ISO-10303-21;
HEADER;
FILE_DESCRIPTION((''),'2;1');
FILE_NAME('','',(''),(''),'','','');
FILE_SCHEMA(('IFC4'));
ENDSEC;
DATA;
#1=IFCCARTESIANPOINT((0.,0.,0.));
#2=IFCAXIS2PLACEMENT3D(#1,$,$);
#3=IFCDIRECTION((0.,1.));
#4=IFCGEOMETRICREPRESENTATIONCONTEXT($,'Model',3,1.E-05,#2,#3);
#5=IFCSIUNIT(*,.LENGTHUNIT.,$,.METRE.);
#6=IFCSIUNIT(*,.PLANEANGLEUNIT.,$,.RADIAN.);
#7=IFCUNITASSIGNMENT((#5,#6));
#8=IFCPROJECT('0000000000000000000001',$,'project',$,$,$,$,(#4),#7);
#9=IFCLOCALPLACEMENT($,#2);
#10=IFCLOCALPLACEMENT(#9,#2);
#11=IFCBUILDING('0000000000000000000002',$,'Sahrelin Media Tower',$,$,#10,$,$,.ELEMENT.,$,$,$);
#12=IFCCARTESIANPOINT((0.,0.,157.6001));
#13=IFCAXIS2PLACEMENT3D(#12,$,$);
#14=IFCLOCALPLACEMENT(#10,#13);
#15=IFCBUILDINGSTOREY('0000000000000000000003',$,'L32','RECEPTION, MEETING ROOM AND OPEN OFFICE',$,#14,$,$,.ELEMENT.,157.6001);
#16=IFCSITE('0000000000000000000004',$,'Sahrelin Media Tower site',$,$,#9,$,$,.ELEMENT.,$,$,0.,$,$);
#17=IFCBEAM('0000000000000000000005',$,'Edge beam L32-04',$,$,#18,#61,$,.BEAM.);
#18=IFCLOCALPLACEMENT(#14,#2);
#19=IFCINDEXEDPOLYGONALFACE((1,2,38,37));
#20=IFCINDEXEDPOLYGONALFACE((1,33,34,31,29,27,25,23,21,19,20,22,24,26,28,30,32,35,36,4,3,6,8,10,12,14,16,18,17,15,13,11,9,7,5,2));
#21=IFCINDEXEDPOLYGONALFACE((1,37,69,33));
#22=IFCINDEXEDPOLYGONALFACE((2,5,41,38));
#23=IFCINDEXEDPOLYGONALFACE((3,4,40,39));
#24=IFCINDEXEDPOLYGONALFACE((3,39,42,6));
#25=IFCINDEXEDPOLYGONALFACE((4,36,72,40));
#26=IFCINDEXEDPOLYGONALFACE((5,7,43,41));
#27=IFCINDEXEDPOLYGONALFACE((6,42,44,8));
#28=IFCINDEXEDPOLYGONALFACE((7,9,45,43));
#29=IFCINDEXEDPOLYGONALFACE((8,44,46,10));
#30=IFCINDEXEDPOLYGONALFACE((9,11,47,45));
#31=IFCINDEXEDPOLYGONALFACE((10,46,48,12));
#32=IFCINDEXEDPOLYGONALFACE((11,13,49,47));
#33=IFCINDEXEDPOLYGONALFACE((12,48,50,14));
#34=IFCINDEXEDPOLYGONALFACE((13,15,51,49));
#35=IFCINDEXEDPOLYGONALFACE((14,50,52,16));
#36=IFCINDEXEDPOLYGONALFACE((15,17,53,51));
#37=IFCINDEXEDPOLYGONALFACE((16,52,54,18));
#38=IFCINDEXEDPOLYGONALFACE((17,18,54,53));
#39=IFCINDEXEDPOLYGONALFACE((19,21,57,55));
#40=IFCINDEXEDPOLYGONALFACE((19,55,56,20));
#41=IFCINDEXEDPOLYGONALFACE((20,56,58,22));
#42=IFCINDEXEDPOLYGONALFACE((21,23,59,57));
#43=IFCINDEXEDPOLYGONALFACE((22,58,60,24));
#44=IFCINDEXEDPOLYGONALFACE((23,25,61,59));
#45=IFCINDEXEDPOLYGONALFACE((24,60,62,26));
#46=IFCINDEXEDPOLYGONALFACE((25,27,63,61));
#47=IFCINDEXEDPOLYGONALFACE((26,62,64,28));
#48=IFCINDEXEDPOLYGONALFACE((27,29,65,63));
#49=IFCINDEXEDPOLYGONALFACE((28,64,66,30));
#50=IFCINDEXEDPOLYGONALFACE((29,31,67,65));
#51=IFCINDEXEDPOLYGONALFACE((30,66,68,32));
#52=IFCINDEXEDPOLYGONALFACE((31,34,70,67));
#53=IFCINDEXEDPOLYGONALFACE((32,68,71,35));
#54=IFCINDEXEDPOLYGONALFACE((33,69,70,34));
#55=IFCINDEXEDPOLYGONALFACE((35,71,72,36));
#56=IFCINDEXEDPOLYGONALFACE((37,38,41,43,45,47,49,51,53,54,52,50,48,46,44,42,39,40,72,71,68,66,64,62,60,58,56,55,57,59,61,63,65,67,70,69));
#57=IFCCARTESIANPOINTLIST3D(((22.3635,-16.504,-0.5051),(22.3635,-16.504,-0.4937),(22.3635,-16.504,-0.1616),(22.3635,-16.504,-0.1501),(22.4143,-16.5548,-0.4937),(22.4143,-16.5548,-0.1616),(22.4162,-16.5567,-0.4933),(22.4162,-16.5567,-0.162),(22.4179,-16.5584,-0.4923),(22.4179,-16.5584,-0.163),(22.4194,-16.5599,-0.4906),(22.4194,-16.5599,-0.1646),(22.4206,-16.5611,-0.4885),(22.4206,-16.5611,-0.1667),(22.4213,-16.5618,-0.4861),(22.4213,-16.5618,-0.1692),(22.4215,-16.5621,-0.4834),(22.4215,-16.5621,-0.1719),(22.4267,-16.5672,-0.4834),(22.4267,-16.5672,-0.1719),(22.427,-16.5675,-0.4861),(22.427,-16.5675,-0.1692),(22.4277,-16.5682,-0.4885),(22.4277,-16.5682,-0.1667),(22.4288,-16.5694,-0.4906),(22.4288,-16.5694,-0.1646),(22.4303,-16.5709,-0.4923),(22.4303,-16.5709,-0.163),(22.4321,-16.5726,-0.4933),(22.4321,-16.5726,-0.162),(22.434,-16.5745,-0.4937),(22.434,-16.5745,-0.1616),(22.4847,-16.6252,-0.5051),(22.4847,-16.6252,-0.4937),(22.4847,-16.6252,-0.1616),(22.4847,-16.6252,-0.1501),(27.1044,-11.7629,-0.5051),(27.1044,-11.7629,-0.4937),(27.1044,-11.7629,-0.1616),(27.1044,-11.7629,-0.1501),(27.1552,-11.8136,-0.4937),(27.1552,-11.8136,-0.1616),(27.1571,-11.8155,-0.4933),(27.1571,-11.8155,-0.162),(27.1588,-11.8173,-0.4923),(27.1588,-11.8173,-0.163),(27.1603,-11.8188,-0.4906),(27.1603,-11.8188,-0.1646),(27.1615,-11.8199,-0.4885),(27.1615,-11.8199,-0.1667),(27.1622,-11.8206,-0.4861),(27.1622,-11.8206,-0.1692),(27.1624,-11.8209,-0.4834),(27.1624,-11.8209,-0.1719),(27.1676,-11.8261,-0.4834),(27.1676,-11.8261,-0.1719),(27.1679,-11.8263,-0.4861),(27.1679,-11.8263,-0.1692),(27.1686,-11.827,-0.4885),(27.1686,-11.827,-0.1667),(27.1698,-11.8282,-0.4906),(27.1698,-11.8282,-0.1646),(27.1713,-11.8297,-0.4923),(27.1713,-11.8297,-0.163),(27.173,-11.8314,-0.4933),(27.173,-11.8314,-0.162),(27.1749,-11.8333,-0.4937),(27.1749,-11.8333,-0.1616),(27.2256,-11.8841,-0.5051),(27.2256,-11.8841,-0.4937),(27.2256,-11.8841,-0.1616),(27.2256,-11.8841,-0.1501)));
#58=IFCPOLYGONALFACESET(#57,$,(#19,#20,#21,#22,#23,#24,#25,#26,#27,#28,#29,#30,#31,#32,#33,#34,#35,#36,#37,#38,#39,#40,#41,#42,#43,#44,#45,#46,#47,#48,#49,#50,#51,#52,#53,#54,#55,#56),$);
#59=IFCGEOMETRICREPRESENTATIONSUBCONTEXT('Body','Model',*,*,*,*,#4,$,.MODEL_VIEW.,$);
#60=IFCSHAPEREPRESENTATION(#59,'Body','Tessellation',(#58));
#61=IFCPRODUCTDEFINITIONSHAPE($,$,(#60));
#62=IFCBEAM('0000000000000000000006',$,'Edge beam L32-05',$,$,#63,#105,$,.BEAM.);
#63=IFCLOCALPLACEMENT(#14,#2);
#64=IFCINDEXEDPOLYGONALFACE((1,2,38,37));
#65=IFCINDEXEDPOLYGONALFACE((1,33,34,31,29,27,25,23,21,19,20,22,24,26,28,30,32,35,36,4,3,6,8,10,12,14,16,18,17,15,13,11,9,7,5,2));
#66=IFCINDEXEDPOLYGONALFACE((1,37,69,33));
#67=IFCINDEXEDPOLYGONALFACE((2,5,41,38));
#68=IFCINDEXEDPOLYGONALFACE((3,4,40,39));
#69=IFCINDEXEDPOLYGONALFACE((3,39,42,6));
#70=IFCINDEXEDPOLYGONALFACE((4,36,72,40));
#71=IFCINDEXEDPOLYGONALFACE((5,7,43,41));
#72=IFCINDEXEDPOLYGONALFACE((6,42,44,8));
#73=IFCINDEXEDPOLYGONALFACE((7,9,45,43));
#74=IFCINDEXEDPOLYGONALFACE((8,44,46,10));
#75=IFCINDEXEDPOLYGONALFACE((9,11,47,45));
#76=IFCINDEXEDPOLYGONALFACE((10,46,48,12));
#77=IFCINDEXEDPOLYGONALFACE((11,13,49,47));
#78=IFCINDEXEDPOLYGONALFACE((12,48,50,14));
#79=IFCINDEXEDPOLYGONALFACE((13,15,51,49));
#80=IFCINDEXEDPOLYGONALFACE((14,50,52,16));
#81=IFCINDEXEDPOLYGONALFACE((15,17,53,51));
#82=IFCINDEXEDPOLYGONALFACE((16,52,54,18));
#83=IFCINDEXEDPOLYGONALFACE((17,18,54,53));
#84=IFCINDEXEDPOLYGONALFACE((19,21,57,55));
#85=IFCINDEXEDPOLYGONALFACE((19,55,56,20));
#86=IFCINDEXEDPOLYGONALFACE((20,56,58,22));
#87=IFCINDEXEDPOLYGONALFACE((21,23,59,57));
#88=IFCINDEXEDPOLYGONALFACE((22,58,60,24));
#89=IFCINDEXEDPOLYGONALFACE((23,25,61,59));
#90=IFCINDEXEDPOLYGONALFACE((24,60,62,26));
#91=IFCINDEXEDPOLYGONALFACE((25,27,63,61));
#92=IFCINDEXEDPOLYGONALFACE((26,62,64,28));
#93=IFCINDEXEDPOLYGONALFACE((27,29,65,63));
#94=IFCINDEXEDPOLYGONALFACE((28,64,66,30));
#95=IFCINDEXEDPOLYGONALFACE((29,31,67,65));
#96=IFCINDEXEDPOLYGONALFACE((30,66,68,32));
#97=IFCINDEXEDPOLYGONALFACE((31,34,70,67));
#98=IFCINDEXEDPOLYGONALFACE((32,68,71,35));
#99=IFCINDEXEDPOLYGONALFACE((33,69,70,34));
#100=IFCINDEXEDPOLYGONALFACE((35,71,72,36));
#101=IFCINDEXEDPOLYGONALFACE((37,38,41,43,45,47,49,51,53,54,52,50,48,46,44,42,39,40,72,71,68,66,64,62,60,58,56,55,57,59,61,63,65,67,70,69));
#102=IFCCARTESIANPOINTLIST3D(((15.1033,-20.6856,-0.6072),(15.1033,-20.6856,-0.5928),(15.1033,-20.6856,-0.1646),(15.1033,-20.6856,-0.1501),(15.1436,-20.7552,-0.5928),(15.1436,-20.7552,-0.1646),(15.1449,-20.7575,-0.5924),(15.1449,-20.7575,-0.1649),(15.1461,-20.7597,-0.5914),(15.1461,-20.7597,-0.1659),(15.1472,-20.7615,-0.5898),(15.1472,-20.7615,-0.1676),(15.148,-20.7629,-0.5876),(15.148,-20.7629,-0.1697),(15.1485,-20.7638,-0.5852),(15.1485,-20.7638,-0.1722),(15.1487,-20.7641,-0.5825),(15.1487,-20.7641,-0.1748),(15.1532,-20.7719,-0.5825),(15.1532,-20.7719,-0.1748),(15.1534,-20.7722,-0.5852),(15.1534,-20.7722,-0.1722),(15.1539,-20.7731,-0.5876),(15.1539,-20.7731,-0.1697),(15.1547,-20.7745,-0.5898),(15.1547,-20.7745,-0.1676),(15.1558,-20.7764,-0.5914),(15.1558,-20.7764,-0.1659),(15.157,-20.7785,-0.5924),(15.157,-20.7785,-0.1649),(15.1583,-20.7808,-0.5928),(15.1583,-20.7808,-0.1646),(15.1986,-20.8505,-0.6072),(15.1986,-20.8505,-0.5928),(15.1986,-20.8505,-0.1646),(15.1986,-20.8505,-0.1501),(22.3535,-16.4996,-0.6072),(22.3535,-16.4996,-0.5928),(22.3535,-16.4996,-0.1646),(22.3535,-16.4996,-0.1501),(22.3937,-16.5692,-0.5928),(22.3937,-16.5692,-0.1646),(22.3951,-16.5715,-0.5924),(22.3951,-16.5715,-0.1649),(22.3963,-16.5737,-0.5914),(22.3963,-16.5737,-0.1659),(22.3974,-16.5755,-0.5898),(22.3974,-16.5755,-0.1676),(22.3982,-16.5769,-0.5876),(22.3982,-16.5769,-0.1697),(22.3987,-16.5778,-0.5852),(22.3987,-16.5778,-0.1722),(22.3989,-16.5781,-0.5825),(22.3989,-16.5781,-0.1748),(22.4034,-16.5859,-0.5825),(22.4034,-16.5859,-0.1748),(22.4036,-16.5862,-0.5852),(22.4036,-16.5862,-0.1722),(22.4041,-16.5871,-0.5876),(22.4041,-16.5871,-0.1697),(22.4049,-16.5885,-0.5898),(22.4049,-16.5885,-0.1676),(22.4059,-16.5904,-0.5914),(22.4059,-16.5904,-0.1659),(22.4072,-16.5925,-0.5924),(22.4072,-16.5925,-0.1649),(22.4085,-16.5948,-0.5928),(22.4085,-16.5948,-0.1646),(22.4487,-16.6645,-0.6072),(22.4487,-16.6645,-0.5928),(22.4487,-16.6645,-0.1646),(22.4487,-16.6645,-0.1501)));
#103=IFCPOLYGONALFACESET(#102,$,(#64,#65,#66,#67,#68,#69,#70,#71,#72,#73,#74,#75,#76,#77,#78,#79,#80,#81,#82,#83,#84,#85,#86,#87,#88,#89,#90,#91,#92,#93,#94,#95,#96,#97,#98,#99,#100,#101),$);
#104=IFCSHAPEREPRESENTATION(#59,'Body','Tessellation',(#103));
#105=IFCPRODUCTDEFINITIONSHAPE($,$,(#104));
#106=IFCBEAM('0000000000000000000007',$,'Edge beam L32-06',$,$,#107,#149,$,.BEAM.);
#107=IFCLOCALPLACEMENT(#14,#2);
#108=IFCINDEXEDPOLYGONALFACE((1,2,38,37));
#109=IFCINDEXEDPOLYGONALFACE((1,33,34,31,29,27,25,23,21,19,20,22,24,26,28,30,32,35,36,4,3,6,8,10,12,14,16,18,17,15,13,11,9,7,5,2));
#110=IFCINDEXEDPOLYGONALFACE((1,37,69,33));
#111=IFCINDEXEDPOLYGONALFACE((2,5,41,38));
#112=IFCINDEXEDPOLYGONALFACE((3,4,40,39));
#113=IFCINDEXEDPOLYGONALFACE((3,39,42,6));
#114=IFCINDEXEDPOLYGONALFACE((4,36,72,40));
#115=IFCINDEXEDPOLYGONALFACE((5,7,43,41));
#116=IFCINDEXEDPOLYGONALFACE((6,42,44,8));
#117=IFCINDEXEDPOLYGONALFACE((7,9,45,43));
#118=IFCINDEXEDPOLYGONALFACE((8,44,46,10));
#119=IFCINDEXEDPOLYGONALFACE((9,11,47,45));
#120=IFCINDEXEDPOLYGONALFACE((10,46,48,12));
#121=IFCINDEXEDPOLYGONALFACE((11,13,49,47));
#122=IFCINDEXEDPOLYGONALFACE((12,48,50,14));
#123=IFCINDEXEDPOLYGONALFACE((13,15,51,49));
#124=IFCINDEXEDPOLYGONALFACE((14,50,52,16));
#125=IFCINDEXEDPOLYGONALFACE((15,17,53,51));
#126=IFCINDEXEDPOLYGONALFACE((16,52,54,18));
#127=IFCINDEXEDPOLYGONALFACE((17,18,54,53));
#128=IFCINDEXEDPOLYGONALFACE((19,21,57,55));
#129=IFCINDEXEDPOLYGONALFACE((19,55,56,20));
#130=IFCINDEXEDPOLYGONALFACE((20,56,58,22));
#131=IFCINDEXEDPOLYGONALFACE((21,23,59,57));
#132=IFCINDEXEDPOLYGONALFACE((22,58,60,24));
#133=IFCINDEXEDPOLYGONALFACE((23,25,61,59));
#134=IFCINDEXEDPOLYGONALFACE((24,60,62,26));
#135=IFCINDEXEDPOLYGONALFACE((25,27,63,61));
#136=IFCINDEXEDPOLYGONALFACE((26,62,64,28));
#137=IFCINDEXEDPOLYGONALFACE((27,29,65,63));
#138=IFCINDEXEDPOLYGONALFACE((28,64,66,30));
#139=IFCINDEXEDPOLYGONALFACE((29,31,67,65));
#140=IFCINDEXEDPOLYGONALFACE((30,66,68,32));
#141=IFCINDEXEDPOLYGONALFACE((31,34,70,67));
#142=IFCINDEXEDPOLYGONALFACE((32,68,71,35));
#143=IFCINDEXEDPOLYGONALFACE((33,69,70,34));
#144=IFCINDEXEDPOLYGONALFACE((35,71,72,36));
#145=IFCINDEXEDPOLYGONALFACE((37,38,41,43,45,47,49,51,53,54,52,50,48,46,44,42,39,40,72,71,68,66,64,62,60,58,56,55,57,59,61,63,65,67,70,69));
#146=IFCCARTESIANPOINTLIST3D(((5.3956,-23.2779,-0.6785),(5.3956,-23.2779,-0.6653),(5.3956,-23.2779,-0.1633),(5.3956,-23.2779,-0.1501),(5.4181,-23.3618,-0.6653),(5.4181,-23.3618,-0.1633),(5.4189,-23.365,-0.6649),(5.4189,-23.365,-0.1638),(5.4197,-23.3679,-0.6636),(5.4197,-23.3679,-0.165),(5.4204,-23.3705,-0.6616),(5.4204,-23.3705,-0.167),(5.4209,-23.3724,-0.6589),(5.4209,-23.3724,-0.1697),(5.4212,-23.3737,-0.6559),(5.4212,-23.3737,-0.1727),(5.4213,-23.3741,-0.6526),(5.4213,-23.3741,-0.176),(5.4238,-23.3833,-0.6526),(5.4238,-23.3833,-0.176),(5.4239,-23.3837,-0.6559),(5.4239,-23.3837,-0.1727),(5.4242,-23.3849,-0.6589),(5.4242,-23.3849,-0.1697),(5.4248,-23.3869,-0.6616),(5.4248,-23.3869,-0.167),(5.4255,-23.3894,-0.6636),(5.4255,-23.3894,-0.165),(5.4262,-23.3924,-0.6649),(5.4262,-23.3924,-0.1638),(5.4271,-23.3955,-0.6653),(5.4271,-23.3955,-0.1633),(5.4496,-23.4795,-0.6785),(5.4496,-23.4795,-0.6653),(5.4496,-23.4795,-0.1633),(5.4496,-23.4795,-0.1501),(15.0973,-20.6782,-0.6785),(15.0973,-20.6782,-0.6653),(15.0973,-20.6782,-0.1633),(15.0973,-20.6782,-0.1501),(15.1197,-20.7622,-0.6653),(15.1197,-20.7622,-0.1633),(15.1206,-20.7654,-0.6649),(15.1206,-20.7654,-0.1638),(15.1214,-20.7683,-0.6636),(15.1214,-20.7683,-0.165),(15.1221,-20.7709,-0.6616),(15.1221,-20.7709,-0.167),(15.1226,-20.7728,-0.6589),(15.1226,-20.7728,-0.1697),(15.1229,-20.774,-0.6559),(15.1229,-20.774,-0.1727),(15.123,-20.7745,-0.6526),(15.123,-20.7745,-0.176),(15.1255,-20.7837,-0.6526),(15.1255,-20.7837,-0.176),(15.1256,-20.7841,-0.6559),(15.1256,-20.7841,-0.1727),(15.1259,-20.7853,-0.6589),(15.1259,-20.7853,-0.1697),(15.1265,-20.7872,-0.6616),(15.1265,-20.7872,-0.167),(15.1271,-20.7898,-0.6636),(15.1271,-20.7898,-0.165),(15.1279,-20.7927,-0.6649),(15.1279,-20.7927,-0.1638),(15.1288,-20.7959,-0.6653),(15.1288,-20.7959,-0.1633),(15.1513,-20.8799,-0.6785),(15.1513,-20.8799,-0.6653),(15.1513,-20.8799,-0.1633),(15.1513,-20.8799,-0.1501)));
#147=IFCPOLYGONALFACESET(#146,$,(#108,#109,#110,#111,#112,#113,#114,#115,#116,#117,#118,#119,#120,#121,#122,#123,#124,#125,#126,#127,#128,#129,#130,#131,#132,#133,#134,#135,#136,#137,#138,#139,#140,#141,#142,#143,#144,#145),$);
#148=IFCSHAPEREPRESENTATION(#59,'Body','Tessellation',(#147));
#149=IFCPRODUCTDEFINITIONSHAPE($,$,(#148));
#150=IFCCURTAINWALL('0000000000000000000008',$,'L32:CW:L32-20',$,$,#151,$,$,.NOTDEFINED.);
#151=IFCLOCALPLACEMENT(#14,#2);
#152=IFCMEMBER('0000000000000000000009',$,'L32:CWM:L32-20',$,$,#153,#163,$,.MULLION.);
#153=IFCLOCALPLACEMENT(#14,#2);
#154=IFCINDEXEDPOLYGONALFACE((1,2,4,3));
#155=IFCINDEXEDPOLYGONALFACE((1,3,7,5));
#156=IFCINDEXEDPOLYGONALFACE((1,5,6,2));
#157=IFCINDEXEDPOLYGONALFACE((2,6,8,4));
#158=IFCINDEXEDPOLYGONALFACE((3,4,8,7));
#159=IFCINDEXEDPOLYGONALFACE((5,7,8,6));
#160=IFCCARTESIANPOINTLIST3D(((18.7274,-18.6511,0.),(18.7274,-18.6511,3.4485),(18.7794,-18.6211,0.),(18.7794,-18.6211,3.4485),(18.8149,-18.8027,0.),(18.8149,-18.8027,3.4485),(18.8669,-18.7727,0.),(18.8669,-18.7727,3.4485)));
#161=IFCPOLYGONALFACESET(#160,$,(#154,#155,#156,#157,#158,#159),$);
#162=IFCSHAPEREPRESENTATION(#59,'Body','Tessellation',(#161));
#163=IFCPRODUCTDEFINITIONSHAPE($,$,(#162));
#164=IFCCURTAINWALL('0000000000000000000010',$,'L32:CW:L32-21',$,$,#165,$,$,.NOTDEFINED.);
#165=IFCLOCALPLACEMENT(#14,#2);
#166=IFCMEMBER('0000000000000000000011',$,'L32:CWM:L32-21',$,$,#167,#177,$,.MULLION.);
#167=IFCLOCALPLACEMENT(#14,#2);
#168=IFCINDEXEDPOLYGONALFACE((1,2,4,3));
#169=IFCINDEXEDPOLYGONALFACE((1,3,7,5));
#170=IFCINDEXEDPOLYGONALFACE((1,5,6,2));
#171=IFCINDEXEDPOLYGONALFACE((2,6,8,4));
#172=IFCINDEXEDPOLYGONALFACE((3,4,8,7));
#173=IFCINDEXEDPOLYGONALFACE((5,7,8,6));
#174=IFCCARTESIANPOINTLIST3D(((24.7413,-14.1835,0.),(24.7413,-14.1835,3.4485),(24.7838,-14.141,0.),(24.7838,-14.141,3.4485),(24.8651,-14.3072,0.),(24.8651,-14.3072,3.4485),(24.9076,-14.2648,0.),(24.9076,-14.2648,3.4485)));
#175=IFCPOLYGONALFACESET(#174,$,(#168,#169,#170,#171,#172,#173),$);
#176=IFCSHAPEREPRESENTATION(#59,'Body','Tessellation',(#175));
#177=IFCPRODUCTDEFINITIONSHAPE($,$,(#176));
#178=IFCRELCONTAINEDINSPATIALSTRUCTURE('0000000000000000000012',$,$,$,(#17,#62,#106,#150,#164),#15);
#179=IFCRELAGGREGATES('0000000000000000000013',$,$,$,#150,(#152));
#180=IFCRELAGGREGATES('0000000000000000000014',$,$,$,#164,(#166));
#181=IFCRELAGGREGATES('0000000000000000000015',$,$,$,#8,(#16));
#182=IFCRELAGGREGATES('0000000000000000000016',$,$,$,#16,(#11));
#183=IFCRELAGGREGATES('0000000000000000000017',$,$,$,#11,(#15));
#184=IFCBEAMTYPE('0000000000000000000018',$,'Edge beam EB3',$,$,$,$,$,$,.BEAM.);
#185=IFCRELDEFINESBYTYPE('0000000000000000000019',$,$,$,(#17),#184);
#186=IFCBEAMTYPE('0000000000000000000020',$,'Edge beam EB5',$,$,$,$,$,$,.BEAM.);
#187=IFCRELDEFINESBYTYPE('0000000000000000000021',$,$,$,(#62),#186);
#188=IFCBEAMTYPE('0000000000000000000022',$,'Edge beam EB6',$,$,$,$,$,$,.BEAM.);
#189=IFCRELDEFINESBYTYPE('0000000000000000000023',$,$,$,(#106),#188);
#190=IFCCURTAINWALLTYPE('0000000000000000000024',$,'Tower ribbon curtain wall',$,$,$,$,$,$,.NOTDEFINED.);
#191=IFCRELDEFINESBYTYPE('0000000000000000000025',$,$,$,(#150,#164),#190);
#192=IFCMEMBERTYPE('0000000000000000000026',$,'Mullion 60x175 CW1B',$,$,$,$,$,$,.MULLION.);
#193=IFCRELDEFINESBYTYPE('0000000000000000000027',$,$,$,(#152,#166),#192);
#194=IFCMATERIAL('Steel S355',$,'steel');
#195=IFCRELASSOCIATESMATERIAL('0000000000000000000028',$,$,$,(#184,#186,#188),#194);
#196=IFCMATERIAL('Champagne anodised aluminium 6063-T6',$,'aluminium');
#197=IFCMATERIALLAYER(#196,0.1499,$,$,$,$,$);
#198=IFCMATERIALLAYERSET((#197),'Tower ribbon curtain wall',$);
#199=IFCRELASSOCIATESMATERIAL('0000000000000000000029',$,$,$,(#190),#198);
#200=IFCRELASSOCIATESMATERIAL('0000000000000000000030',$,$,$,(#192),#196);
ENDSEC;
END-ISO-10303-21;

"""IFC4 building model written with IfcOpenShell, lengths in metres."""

from ifc_helpers import new_model, si_unit, direction, frame, origin, origin_2d, place, context, subcontext, project, spatial, rectangle, i_section, extrude, material, layer, layer_set, material_profile, profile_set, type_object, element, aggregate, save


model = new_model("IFC4")

# Units and contexts
model_context = context("Model", 3, precision=1e-05, world=origin(), true_north=direction((0.0, 1.0)))
body_context = subcontext(model_context, "Body", "Model", "MODEL_VIEW")
ifc_project = project(units=[si_unit("LENGTHUNIT", "METRE"), si_unit("PLANEANGLEUNIT", "RADIAN")], contexts=[model_context])

# Site, building, storey
site_placement = place(None, origin())
site = spatial("IfcSite", under=ifc_project, at=site_placement, Name="Sahrelin Media Tower site", CompositionType="ELEMENT", RefElevation=0.0)
building_placement = place(site_placement, origin())
building = spatial("IfcBuilding", under=site, at=building_placement, Name="Sahrelin Media Tower", CompositionType="ELEMENT")
storey_placement = place(building_placement, frame((0.0, 0.0, 157.6001)))
storey = spatial("IfcBuildingStorey", under=building, at=storey_placement, Name="L32", Description="RECEPTION, MEETING ROOM AND OPEN OFFICE", CompositionType="ELEMENT", Elevation=157.6001)

# Beams
ifc_material_1 = material(Name="Steel S355", Category="steel")
ifc_material_profile_1 = material_profile(ifc_material_1, i_section(OverallWidth=0.1714, OverallDepth=0.355, WebThickness=0.0073, FlangeThickness=0.0115, FilletRadius=0.0103, at=origin_2d()), Name="UB 356x171x51")
ifc_profile_set_1 = profile_set([ifc_material_profile_1], Name="Steel S355")
beam_type_1 = type_object("IfcBeamType", Name="Edge beam EB3", PredefinedType="BEAM", material=ifc_profile_set_1)
beam_1_placement = place(storey_placement, frame((27.165, -11.8235, -0.3276), z_axis=(-0.707089, -0.707125, 0.0), x_axis=(0.707125, -0.707089, 0.0)))
element("IfcBeam", 1, at=beam_1_placement, inside=storey, type_object=beam_type_1, Name="Edge beam L32-04", PredefinedType="BEAM", context=body_context, shape_type="SweptSolid", body=[
    extrude(i_section(OverallWidth=0.1714, OverallDepth=0.355, WebThickness=0.0073, FlangeThickness=0.0115, FilletRadius=0.0103, at=origin_2d()), origin(), (0.0, 0.0, 1.0), 6.7048),
])
ifc_material_profile_2 = material_profile(ifc_material_1, i_section(OverallWidth=0.1904, OverallDepth=0.457, WebThickness=0.009, FlangeThickness=0.0144, FilletRadius=0.0103, at=origin_2d()), Name="UB 457x191x74")
ifc_profile_set_2 = profile_set([ifc_material_profile_2], Name="Steel S355")
beam_type_2 = type_object("IfcBeamType", Name="Edge beam EB5", PredefinedType="BEAM", material=ifc_profile_set_2)
beam_2_placement = place(storey_placement, frame((22.4011, -16.582, -0.3787), z_axis=(-0.86602, -0.500009, 0.0), x_axis=(0.500009, -0.86602, 0.0)))
element("IfcBeam", 2, at=beam_2_placement, inside=storey, type_object=beam_type_2, Name="Edge beam L32-05", PredefinedType="BEAM", context=body_context, shape_type="SweptSolid", body=[
    extrude(i_section(OverallWidth=0.1904, OverallDepth=0.457, WebThickness=0.009, FlangeThickness=0.0144, FilletRadius=0.0103, at=origin_2d()), origin(), (0.0, 0.0, 1.0), 8.3718),
])
ifc_material_profile_3 = material_profile(ifc_material_1, i_section(OverallWidth=0.2087, OverallDepth=0.5283, WebThickness=0.0095, FlangeThickness=0.0132, FilletRadius=0.0127, at=origin_2d()), Name="UB 533x210x82")
ifc_profile_set_3 = profile_set([ifc_material_profile_3], Name="Steel S355")
beam_type_3 = type_object("IfcBeamType", Name="Edge beam EB6", PredefinedType="BEAM", material=ifc_profile_set_3)
beam_3_placement = place(storey_placement, frame((15.1243, -20.7791, -0.4143), z_axis=(-0.965924, -0.258824, 0.0), x_axis=(0.258824, -0.965924, 0.0)))
element("IfcBeam", 3, at=beam_3_placement, inside=storey, type_object=beam_type_3, Name="Edge beam L32-06", PredefinedType="BEAM", context=body_context, shape_type="SweptSolid", body=[
    extrude(i_section(OverallWidth=0.2087, OverallDepth=0.5283, WebThickness=0.0095, FlangeThickness=0.0132, FilletRadius=0.0127, at=origin_2d()), origin(), (0.0, 0.0, 1.0), 10.0439),
])

# Curtain walls, members
ifc_material_2 = material(Name="Champagne anodised aluminium 6063-T6", Category="aluminium")
ifc_layer_1 = layer(ifc_material_2, 0.1499)
ifc_layer_set_1 = layer_set([ifc_layer_1], Name="Tower ribbon curtain wall")
curtain_wall_type = type_object("IfcCurtainWallType", Name="Tower ribbon curtain wall", PredefinedType="NOTDEFINED", material=ifc_layer_set_1)
curtain_wall_1_placement = place(storey_placement, frame((18.8511, -18.8049, 0.0), z_axis=(0.0, 0.0, 1.0), x_axis=(1.0, 0.0, 0.0)))
curtain_wall_1 = element("IfcCurtainWall", 4, at=curtain_wall_1_placement, inside=storey, type_object=curtain_wall_type, Name="L32:CW:L32-20", PredefinedType="NOTDEFINED")
ifc_material_profile_4 = material_profile(ifc_material_2, rectangle(XDim=0.0601, YDim=0.175, at=origin_2d()), Name="Mullion 60x175")
ifc_profile_set_4 = profile_set([ifc_material_profile_4], Name="Champagne anodised aluminium 6063-T6")
member_type_1 = type_object("IfcMemberType", Name="Mullion 60x175 CW1B", PredefinedType="MULLION", material=ifc_profile_set_4)
member_1_placement = place(storey_placement, frame((18.7971, -18.7119, 0.0), z_axis=(0.0, 0.0, 1.0), x_axis=(0.866025, 0.5, 0.0)))
member_1 = element("IfcMember", 5, at=member_1_placement, type_object=member_type_1, Name="L32:CWM:L32-20", PredefinedType="MULLION", context=body_context, shape_type="SweptSolid", body=[
    extrude(rectangle(XDim=0.0601, YDim=0.175, at=origin_2d()), origin(), (0.0, 0.0, 1.0), 3.4485),
])
curtain_wall_2_placement = place(storey_placement, frame((24.9004, -14.3, 0.0), z_axis=(0.0, 0.0, 1.0), x_axis=(1.0, 0.0, 0.0)))
curtain_wall_2 = element("IfcCurtainWall", 6, at=curtain_wall_2_placement, inside=storey, type_object=curtain_wall_type, Name="L32:CW:L32-21", PredefinedType="NOTDEFINED")
member_2_placement = place(storey_placement, frame((24.8245, -14.2241, 0.0), z_axis=(0.0, 0.0, 1.0), x_axis=(0.707107, 0.707107, 0.0)))
member_2 = element("IfcMember", 7, at=member_2_placement, type_object=member_type_1, Name="L32:CWM:L32-21", PredefinedType="MULLION", context=body_context, shape_type="SweptSolid", body=[
    extrude(rectangle(XDim=0.0601, YDim=0.175, at=origin_2d()), origin(), (0.0, 0.0, 1.0), 3.4485),
])

aggregate(curtain_wall_1, [member_1])
aggregate(curtain_wall_2, [member_2])

save(model, "model.ifc")
